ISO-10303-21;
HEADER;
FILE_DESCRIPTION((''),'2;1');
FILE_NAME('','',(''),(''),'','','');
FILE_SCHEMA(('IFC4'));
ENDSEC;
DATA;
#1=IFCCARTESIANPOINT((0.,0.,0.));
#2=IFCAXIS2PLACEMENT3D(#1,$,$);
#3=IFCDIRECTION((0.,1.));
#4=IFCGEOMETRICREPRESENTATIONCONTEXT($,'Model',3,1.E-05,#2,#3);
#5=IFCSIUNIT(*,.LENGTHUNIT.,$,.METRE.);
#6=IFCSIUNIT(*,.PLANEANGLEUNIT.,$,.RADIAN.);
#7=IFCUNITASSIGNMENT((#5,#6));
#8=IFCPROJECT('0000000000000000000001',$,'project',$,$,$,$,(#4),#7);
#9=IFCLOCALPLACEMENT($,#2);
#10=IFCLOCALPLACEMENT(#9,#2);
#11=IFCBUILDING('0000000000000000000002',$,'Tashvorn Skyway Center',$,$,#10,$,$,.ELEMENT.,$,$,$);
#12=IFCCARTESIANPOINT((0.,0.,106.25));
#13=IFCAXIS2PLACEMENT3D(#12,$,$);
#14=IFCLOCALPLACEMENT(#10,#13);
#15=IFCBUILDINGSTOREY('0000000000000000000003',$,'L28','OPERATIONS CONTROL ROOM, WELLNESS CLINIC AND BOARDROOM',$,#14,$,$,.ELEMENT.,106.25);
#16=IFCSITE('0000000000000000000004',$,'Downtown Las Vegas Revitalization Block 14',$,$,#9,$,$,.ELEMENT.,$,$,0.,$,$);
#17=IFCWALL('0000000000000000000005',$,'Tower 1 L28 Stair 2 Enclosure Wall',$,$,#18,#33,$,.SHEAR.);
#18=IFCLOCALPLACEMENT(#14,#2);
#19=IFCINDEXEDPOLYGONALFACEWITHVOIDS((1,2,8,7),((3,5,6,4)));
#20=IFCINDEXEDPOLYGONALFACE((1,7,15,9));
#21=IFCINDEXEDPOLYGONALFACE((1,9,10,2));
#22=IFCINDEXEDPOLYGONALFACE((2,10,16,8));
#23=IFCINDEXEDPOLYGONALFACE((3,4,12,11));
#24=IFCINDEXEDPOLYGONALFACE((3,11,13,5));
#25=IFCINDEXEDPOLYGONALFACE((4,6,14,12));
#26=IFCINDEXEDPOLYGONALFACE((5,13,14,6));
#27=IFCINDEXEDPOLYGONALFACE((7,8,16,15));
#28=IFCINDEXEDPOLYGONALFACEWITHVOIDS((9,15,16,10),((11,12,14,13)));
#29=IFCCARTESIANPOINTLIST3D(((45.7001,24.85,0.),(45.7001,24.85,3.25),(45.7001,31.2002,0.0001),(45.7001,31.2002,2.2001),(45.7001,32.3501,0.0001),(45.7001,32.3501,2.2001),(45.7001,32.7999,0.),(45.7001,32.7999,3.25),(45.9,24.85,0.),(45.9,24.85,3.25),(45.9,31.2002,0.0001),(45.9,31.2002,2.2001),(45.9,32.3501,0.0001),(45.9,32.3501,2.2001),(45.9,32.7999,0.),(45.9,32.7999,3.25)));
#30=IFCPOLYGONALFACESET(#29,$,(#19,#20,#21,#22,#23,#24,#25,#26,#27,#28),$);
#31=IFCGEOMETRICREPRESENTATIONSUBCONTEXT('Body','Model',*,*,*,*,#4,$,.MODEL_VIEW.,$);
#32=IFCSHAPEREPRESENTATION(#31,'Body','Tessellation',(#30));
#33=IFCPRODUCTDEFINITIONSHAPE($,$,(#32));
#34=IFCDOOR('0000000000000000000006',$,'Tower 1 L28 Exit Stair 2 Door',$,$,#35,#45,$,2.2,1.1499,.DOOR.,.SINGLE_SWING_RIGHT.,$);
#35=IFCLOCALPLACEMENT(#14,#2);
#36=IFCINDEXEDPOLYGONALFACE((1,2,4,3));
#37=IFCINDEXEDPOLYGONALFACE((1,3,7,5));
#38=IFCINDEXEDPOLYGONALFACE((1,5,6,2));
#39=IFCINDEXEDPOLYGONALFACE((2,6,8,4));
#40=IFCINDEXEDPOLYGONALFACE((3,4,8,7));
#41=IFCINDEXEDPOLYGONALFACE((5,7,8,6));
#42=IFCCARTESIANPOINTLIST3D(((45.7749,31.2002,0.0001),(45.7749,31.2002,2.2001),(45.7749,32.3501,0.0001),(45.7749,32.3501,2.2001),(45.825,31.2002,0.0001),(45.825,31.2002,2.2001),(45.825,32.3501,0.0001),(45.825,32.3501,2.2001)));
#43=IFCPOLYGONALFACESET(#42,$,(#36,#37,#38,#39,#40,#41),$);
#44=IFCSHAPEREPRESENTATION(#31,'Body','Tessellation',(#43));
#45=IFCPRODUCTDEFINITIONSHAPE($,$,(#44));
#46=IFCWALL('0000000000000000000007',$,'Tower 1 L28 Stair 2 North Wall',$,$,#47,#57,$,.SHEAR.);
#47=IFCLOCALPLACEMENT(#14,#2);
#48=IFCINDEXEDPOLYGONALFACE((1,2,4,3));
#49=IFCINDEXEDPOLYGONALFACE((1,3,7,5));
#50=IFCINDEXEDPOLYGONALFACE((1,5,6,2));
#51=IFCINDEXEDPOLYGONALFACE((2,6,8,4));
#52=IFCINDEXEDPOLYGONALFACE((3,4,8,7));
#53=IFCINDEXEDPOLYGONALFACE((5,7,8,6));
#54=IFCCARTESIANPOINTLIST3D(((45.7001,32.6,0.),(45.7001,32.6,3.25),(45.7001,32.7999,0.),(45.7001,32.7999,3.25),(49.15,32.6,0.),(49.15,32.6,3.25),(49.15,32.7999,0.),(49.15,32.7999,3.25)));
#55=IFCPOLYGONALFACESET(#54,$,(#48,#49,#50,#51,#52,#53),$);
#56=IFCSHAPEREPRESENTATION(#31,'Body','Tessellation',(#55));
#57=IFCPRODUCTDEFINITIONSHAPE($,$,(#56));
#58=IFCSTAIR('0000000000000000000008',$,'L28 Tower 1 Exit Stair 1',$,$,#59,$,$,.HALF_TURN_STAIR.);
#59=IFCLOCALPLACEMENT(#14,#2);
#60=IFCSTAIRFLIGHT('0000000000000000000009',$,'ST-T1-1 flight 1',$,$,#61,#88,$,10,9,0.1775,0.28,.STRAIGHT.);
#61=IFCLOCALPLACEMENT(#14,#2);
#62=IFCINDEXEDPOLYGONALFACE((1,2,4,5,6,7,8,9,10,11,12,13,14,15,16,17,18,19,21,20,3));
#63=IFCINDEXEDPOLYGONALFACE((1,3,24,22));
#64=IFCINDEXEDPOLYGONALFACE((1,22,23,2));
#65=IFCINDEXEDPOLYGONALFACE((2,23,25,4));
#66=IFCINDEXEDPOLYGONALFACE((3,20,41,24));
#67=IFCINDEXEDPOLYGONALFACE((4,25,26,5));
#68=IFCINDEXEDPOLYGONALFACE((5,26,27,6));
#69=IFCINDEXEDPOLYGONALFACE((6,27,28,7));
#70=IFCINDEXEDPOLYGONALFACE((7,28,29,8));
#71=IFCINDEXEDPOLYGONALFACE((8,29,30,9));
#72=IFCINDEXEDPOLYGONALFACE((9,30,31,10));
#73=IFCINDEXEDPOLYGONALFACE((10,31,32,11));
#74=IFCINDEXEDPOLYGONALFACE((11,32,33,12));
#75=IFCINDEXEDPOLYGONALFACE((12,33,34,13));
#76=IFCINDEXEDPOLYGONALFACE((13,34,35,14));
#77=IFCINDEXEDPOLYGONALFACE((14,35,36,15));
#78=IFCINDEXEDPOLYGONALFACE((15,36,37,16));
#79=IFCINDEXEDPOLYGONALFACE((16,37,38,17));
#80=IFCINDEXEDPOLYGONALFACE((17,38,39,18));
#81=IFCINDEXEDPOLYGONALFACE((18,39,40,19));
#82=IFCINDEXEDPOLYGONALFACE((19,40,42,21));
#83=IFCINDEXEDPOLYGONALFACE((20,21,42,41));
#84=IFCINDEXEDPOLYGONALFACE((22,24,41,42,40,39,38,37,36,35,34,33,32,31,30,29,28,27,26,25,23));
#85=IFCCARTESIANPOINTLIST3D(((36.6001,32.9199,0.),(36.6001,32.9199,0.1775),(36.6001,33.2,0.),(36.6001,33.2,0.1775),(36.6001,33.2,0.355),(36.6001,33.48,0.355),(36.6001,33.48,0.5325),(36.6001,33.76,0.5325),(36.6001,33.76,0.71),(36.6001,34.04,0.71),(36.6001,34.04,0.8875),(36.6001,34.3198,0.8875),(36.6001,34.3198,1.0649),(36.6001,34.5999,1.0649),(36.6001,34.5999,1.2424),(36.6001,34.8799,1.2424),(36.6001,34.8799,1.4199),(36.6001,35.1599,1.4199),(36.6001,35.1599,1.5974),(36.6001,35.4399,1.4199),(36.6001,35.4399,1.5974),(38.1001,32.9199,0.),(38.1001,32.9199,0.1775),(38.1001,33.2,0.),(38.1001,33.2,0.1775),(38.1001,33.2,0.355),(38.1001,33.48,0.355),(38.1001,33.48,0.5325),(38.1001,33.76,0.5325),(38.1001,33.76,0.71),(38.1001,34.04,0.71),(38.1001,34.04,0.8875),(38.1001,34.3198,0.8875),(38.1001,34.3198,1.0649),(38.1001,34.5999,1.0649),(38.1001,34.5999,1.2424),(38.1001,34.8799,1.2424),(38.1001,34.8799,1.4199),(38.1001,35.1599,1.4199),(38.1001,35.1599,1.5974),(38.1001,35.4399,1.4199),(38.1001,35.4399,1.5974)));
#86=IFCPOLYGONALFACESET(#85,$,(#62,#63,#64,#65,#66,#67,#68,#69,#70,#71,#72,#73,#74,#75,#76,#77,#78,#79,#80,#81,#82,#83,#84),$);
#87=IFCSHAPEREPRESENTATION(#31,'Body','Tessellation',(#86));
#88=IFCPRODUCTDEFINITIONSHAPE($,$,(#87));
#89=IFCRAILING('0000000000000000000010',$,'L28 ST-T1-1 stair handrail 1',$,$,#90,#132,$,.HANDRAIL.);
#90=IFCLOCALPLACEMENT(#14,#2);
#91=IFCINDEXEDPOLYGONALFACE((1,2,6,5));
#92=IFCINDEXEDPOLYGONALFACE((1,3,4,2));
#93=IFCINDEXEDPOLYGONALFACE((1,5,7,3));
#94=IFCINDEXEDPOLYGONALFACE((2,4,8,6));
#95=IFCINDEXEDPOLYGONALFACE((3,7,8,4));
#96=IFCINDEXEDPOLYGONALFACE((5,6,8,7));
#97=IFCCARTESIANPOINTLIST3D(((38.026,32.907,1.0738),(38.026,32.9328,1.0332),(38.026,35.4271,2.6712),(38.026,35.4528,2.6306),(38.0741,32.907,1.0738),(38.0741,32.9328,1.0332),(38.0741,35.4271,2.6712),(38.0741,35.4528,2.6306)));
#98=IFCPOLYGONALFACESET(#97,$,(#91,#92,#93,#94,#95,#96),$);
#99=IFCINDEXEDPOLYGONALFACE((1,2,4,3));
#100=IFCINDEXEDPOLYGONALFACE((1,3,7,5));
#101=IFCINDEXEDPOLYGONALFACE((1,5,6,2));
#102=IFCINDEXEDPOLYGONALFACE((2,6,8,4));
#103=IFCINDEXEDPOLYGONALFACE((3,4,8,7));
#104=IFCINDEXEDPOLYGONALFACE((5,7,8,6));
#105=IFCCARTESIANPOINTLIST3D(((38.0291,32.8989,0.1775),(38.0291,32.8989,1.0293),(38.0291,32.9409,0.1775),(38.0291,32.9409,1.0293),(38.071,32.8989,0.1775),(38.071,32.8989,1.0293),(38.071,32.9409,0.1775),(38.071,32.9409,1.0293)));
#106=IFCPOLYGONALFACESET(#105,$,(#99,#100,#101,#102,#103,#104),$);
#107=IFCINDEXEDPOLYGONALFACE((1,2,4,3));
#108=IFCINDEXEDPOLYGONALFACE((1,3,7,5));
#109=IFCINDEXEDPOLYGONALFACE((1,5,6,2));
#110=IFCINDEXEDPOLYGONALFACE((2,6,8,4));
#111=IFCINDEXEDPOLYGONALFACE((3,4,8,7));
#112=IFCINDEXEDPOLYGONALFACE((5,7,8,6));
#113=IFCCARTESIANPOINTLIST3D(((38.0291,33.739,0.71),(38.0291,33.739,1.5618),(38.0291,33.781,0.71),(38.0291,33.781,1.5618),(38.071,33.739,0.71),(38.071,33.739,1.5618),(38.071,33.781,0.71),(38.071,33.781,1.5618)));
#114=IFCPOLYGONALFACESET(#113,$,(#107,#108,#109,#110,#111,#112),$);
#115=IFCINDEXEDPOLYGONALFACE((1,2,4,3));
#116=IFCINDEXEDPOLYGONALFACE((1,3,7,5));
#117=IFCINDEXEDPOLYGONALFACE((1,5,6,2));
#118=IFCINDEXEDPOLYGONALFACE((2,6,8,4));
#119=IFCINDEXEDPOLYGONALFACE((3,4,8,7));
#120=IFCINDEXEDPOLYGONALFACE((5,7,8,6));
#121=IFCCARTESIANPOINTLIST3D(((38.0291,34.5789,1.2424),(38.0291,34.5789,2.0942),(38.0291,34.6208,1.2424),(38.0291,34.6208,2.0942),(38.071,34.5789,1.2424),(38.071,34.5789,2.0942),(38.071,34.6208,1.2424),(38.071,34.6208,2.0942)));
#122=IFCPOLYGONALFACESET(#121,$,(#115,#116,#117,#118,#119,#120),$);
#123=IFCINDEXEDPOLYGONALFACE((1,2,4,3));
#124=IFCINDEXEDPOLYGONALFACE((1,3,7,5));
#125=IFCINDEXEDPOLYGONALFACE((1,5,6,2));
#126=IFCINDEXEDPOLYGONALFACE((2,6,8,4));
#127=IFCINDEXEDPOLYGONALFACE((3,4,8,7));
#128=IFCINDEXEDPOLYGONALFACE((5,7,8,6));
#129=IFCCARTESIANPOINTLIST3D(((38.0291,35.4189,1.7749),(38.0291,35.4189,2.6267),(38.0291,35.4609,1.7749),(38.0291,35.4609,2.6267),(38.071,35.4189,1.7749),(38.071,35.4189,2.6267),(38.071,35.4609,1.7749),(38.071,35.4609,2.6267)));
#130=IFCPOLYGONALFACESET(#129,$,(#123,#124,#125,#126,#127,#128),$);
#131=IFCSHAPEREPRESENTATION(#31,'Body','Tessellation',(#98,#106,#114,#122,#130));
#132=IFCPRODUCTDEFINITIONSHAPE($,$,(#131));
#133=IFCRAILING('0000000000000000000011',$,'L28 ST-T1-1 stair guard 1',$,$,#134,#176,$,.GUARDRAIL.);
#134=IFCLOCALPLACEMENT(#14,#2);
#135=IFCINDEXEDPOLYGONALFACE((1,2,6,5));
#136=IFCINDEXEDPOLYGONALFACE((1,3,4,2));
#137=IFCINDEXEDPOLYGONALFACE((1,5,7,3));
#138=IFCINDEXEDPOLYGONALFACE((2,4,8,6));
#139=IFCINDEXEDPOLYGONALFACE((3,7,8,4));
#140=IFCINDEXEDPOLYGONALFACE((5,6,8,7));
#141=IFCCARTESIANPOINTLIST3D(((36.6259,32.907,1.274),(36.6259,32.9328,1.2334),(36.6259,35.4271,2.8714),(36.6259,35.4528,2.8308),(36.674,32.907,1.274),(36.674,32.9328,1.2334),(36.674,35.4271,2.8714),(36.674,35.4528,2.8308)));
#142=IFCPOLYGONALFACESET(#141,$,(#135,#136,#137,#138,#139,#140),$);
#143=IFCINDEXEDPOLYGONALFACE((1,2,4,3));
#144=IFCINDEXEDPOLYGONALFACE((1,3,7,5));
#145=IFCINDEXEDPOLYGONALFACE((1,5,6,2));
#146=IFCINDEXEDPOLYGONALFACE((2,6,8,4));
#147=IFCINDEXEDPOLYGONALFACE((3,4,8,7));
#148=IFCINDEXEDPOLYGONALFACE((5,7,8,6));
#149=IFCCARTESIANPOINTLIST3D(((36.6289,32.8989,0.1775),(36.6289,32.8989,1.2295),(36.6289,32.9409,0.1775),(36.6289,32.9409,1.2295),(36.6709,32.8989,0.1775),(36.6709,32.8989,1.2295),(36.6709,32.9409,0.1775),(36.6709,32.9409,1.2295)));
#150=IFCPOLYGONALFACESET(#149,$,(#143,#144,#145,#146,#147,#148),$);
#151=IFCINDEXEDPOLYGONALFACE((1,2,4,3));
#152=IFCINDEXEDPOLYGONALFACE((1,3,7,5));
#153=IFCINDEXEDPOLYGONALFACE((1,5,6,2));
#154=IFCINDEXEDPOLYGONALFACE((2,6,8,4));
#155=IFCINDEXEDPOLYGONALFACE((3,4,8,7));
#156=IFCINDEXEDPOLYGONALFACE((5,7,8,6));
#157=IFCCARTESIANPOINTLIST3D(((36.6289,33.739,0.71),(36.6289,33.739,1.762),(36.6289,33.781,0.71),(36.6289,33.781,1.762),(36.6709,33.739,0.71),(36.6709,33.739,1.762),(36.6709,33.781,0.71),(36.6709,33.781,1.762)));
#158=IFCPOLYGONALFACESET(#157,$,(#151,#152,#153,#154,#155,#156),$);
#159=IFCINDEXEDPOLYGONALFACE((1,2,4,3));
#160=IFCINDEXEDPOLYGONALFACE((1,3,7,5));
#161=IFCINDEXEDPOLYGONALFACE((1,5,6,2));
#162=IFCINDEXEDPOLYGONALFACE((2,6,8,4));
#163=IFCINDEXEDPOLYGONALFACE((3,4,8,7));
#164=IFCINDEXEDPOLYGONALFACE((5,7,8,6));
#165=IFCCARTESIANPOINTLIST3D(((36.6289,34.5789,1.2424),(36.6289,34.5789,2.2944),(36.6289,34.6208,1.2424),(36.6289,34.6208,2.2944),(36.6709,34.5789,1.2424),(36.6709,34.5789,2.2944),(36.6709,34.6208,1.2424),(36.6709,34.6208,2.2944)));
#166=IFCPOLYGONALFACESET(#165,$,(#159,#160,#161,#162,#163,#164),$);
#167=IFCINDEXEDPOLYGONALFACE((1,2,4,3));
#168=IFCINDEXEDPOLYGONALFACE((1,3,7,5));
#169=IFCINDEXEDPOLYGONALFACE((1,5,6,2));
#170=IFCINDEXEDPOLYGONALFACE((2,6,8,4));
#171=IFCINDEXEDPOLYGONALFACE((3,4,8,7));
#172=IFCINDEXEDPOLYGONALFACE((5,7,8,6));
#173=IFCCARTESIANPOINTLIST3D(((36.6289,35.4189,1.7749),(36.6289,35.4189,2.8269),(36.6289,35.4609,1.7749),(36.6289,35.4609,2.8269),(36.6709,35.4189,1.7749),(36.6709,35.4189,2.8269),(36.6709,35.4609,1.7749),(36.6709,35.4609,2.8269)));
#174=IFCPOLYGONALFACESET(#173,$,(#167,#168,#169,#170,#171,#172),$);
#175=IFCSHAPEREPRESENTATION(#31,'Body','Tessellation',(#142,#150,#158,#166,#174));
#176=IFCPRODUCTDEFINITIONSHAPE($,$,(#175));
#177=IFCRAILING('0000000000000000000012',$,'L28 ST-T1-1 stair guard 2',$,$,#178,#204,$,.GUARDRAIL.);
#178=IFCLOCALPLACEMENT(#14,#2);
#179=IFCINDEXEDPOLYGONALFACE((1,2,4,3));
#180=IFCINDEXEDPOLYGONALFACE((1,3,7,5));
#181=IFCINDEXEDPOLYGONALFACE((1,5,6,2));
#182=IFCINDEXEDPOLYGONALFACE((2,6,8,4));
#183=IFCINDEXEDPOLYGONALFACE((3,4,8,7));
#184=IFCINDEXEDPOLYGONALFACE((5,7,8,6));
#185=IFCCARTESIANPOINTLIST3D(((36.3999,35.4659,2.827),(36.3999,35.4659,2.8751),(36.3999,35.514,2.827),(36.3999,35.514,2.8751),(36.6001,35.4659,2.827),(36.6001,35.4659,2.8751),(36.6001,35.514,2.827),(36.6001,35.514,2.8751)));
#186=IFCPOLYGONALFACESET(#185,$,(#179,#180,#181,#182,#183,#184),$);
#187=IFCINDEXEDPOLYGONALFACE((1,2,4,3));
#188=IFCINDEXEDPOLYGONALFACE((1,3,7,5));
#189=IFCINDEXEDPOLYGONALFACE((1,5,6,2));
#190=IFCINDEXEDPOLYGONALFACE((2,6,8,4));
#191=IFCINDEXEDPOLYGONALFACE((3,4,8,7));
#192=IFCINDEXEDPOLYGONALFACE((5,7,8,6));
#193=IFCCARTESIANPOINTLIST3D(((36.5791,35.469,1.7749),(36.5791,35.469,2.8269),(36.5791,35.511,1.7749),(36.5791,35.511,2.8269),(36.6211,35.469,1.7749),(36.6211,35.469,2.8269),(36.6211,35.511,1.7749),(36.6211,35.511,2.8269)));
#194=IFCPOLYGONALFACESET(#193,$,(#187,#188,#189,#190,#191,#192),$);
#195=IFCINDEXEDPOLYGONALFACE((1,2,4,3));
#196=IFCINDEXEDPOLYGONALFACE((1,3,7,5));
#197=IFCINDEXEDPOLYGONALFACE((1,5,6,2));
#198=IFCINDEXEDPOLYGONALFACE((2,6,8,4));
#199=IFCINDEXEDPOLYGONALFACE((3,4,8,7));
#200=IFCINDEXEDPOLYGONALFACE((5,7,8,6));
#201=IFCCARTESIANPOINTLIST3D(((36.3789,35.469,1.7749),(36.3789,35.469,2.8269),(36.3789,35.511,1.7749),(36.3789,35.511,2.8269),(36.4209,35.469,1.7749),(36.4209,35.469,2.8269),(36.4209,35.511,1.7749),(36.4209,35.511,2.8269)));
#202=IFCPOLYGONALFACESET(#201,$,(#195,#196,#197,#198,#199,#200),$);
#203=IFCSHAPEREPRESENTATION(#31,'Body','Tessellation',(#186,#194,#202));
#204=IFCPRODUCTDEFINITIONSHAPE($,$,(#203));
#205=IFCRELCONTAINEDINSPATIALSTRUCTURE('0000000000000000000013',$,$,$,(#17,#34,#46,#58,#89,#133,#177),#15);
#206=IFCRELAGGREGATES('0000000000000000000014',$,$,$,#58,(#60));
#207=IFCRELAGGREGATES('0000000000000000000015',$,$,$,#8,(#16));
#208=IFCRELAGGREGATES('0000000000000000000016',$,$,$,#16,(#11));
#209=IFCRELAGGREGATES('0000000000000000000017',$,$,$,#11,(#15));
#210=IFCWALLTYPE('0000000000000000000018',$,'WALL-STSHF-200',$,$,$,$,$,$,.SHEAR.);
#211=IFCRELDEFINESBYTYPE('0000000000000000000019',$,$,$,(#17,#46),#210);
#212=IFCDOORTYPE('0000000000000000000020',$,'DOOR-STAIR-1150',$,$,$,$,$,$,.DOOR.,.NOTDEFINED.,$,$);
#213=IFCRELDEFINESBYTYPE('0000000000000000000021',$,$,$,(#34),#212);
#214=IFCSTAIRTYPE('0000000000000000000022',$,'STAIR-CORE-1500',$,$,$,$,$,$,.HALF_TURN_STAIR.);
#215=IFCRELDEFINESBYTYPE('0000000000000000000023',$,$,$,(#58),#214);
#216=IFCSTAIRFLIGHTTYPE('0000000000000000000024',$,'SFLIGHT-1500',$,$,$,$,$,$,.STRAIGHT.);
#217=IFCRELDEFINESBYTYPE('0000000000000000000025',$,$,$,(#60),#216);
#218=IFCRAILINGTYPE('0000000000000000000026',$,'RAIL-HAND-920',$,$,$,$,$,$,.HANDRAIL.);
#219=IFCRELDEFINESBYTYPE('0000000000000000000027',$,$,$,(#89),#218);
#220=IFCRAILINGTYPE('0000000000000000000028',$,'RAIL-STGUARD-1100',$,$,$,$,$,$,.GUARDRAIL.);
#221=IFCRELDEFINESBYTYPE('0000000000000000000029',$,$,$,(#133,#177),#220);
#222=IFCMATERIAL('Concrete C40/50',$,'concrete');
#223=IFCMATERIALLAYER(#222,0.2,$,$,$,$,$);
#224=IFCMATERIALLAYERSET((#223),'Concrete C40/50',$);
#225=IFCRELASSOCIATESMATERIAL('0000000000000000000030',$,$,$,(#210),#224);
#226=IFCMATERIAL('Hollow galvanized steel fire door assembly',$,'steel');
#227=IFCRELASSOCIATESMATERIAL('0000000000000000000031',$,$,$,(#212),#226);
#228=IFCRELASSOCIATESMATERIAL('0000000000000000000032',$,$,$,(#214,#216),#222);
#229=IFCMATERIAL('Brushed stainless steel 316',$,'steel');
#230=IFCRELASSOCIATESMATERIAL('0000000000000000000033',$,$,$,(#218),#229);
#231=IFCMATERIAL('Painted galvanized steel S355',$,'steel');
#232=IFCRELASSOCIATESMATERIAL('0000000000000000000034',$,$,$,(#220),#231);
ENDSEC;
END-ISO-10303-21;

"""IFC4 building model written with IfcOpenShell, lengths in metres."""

from ifc_helpers import new_model, si_unit, direction, frame, frame_2d, origin, origin_2d, place, context, subcontext, project, spatial, polyline, rectangle, outline, extrude, material, layer, layer_set, type_object, element, fill, aggregate, save


model = new_model("IFC4")

# Units and contexts
model_context = context("Model", 3, precision=1e-05, world=origin(), true_north=direction((0.0, 1.0)))
body_context = subcontext(model_context, "Body", "Model", "MODEL_VIEW")
ifc_project = project(units=[si_unit("LENGTHUNIT", "METRE"), si_unit("PLANEANGLEUNIT", "RADIAN")], contexts=[model_context])

# Site, building, storey
site_placement = place(None, origin())
site = spatial("IfcSite", under=ifc_project, at=site_placement, Name="Downtown Las Vegas Revitalization Block 14", CompositionType="ELEMENT", RefElevation=0.0)
building_placement = place(site_placement, origin())
building = spatial("IfcBuilding", under=site, at=building_placement, Name="Tashvorn Skyway Center", CompositionType="ELEMENT")
storey_placement = place(building_placement, frame((0.0, 0.0, 106.25)))
storey = spatial("IfcBuildingStorey", under=building, at=storey_placement, Name="L28", Description="OPERATIONS CONTROL ROOM, WELLNESS CLINIC AND BOARDROOM", CompositionType="ELEMENT", Elevation=106.25)

# Shared definitions
ifc_material_1 = material(Name="Concrete C40/50", Category="concrete")

# Wall, opening, door
ifc_layer_1 = layer(ifc_material_1, 0.2)
ifc_layer_set_1 = layer_set([ifc_layer_1], Name="Concrete C40/50")
wall_type_1 = type_object("IfcWallType", Name="WALL-STSHF-200", PredefinedType="SHEAR", material=ifc_layer_set_1)
wall_1_placement = place(storey_placement, frame((45.8, 32.8, 0.0), z_axis=(0.0, 0.0, 1.0), x_axis=(0.0, -1.0, 0.0)))
wall_1 = element("IfcWall", 1, at=wall_1_placement, inside=storey, type_object=wall_type_1, Name="Tower 1 L28 Stair 2 Enclosure Wall", PredefinedType="SHEAR", context=body_context, shape_type="SweptSolid", body=[
    extrude(rectangle(XDim=7.95, YDim=0.2, at=frame_2d((3.9751, 0.0))), origin(), (0.0, 0.0, 1.0), 3.25),
])
opening_1_placement = place(wall_1_placement, frame((0.45, 0.0, 0.0)))
opening_1 = element("IfcOpeningElement", 2, at=opening_1_placement, cuts=wall_1, PredefinedType="OPENING", context=body_context, shape_type="SweptSolid", body=[
    extrude(rectangle(XDim=1.1499, YDim=2.2, at=frame_2d((0.575, 1.1001))), frame((0.0, 0.1099, 0.0), z_axis=(0.0, -1.0, 0.0), x_axis=(1.0, 0.0, 0.0)), (0.0, 0.0, 1.0), 0.22),
])
ifc_material_2 = material(Name="Hollow galvanized steel fire door assembly", Category="steel")
door_type_1 = type_object("IfcDoorType", Name="DOOR-STAIR-1150", OperationType="NOTDEFINED", PredefinedType="DOOR", material=ifc_material_2)
door_1_placement = place(opening_1_placement, origin())
door_1 = element("IfcDoor", 3, at=door_1_placement, inside=storey, type_object=door_type_1, Name="Tower 1 L28 Exit Stair 2 Door", OperationType="SINGLE_SWING_RIGHT", OverallHeight=2.2, OverallWidth=1.1499, PredefinedType="DOOR", context=body_context, shape_type="SweptSolid", body=[
    extrude(rectangle(XDim=1.1499, YDim=2.2, at=frame_2d((0.575, 1.1001))), frame((0.0, 0.0249, 0.0), z_axis=(0.0, -1.0, 0.0), x_axis=(1.0, 0.0, 0.0)), (0.0, 0.0, 1.0), 0.05),
])
fill(opening_1, door_1)

# Wall
wall_2_placement = place(storey_placement, frame((45.7, 32.7, 0.0), z_axis=(0.0, 0.0, 1.0), x_axis=(1.0, 0.0, 0.0)))
element("IfcWall", 4, at=wall_2_placement, inside=storey, type_object=wall_type_1, Name="Tower 1 L28 Stair 2 North Wall", PredefinedType="SHEAR", context=body_context, shape_type="SweptSolid", body=[
    extrude(rectangle(XDim=3.45, YDim=0.2, at=frame_2d((1.7251, 0.0))), origin(), (0.0, 0.0, 1.0), 3.25),
])

# Stair, stair flight
stair_type = type_object("IfcStairType", Name="STAIR-CORE-1500", PredefinedType="HALF_TURN_STAIR", material=ifc_material_1)
stair_placement = place(storey_placement, origin())
stair = element("IfcStair", 5, at=stair_placement, inside=storey, type_object=stair_type, Name="L28 Tower 1 Exit Stair 1", PredefinedType="HALF_TURN_STAIR")
stair_flight_type = type_object("IfcStairFlightType", Name="SFLIGHT-1500", PredefinedType="STRAIGHT", material=ifc_material_1)
stair_flight_placement = place(storey_placement, frame((37.3501, 32.9199, 0.0), z_axis=(0.0, 0.0, 1.0), x_axis=(0.0, 1.0, 0.0)))
stair_flight = element("IfcStairFlight", 6, at=stair_flight_placement, type_object=stair_flight_type, Name="ST-T1-1 flight 1", NumberOfRisers=10, NumberOfTreads=9, PredefinedType="STRAIGHT", RiserHeight=0.1775, TreadLength=0.28, context=body_context, shape_type="SweptSolid", body=[
    extrude(outline(polyline([(0.0, 0.0), (0.0, 0.1775), (0.28, 0.1775), (0.28, 0.355), (0.5601, 0.355), (0.5601, 0.5325), (0.8401, 0.5325), (0.8401, 0.71), (1.1201, 0.71), (1.1201, 0.8875), (1.3999, 0.8875), (1.3999, 1.0649), (1.6799, 1.0649), (1.6799, 1.2424), (1.96, 1.2424), (1.96, 1.4199), (2.24, 1.4199), (2.24, 1.5974), (2.52, 1.5974), (2.52, 1.7749), (2.52, 1.4199), (0.28, 0.0), (0.0, 0.0)])), frame((0.0, 0.75, 0.0), z_axis=(0.0, -1.0, 0.0), x_axis=(1.0, 0.0, 0.0)), (0.0, 0.0, 1.0), 1.5),
])
aggregate(stair, [stair_flight])

# Railings
ifc_material_3 = material(Name="Brushed stainless steel 316", Category="steel")
railing_type_1 = type_object("IfcRailingType", Name="RAIL-HAND-920", PredefinedType="HANDRAIL", material=ifc_material_3)
railing_1_placement = place(storey_placement, frame((38.05, 32.9199, 0.1775)))
element("IfcRailing", 7, at=railing_1_placement, inside=storey, type_object=railing_type_1, Name="L28 ST-T1-1 stair handrail 1", PredefinedType="HANDRAIL", context=body_context, shape_type="SweptSolid", body=[
    extrude(rectangle(XDim=0.0481, YDim=0.0481, at=origin_2d()), frame((0.0, 0.0, 0.876), z_axis=(0.0, 0.844607, 0.535387), x_axis=(-1.0, 0.0, 0.0)), (0.0, 0.0, 1.0), 2.9836),
    extrude(rectangle(XDim=0.042, YDim=0.042, at=origin_2d()), origin(), (0.0, 0.0, 1.0), 0.8518),
    extrude(rectangle(XDim=0.042, YDim=0.042, at=origin_2d()), frame((0.0, 0.8401, 0.5325)), (0.0, 0.0, 1.0), 0.8518),
    extrude(rectangle(XDim=0.042, YDim=0.042, at=origin_2d()), frame((0.0, 1.6799, 1.0649)), (0.0, 0.0, 1.0), 0.8518),
    extrude(rectangle(XDim=0.042, YDim=0.042, at=origin_2d()), frame((0.0, 2.52, 1.5974)), (0.0, 0.0, 1.0), 0.8518),
])
ifc_material_4 = material(Name="Painted galvanized steel S355", Category="steel")
railing_type_2 = type_object("IfcRailingType", Name="RAIL-STGUARD-1100", PredefinedType="GUARDRAIL", material=ifc_material_4)
railing_2_placement = place(storey_placement, frame((36.6499, 32.9199, 0.1775)))
element("IfcRailing", 8, at=railing_2_placement, inside=storey, type_object=railing_type_2, Name="L28 ST-T1-1 stair guard 1", PredefinedType="GUARDRAIL", context=body_context, shape_type="SweptSolid", body=[
    extrude(rectangle(XDim=0.0481, YDim=0.0481, at=origin_2d()), frame((0.0, 0.0, 1.0762), z_axis=(0.0, 0.844607, 0.535387), x_axis=(-1.0, 0.0, 0.0)), (0.0, 0.0, 1.0), 2.9836),
    extrude(rectangle(XDim=0.042, YDim=0.042, at=origin_2d()), origin(), (0.0, 0.0, 1.0), 1.052),
    extrude(rectangle(XDim=0.042, YDim=0.042, at=origin_2d()), frame((0.0, 0.8401, 0.5325)), (0.0, 0.0, 1.0), 1.052),
    extrude(rectangle(XDim=0.042, YDim=0.042, at=origin_2d()), frame((0.0, 1.6799, 1.0649)), (0.0, 0.0, 1.0), 1.052),
    extrude(rectangle(XDim=0.042, YDim=0.042, at=origin_2d()), frame((0.0, 2.52, 1.5974)), (0.0, 0.0, 1.0), 1.052),
])
for number, where, name in (
    (9, (36.6001, 35.49, 1.7749), "L28 ST-T1-1 stair guard 2"),
):
    element("IfcRailing", number, at=place(storey_placement, frame(where)), inside=storey, type_object=railing_type_2, Name=name, PredefinedType="GUARDRAIL", context=body_context, shape_type="SweptSolid", body=[
        extrude(rectangle(XDim=0.0481, YDim=0.0481, at=origin_2d()), frame((0.0, 0.0, 1.0762), z_axis=(-1.0, 0.0, 0.0), x_axis=(0.0, -1.0, 0.0)), (0.0, 0.0, 1.0), 0.2002),
        extrude(rectangle(XDim=0.042, YDim=0.042, at=origin_2d()), origin(), (0.0, 0.0, 1.0), 1.052),
        extrude(rectangle(XDim=0.042, YDim=0.042, at=origin_2d()), frame((-0.2002, 0.0, 0.0)), (0.0, 0.0, 1.0), 1.052),
    ])

save(model, "model.ifc")
